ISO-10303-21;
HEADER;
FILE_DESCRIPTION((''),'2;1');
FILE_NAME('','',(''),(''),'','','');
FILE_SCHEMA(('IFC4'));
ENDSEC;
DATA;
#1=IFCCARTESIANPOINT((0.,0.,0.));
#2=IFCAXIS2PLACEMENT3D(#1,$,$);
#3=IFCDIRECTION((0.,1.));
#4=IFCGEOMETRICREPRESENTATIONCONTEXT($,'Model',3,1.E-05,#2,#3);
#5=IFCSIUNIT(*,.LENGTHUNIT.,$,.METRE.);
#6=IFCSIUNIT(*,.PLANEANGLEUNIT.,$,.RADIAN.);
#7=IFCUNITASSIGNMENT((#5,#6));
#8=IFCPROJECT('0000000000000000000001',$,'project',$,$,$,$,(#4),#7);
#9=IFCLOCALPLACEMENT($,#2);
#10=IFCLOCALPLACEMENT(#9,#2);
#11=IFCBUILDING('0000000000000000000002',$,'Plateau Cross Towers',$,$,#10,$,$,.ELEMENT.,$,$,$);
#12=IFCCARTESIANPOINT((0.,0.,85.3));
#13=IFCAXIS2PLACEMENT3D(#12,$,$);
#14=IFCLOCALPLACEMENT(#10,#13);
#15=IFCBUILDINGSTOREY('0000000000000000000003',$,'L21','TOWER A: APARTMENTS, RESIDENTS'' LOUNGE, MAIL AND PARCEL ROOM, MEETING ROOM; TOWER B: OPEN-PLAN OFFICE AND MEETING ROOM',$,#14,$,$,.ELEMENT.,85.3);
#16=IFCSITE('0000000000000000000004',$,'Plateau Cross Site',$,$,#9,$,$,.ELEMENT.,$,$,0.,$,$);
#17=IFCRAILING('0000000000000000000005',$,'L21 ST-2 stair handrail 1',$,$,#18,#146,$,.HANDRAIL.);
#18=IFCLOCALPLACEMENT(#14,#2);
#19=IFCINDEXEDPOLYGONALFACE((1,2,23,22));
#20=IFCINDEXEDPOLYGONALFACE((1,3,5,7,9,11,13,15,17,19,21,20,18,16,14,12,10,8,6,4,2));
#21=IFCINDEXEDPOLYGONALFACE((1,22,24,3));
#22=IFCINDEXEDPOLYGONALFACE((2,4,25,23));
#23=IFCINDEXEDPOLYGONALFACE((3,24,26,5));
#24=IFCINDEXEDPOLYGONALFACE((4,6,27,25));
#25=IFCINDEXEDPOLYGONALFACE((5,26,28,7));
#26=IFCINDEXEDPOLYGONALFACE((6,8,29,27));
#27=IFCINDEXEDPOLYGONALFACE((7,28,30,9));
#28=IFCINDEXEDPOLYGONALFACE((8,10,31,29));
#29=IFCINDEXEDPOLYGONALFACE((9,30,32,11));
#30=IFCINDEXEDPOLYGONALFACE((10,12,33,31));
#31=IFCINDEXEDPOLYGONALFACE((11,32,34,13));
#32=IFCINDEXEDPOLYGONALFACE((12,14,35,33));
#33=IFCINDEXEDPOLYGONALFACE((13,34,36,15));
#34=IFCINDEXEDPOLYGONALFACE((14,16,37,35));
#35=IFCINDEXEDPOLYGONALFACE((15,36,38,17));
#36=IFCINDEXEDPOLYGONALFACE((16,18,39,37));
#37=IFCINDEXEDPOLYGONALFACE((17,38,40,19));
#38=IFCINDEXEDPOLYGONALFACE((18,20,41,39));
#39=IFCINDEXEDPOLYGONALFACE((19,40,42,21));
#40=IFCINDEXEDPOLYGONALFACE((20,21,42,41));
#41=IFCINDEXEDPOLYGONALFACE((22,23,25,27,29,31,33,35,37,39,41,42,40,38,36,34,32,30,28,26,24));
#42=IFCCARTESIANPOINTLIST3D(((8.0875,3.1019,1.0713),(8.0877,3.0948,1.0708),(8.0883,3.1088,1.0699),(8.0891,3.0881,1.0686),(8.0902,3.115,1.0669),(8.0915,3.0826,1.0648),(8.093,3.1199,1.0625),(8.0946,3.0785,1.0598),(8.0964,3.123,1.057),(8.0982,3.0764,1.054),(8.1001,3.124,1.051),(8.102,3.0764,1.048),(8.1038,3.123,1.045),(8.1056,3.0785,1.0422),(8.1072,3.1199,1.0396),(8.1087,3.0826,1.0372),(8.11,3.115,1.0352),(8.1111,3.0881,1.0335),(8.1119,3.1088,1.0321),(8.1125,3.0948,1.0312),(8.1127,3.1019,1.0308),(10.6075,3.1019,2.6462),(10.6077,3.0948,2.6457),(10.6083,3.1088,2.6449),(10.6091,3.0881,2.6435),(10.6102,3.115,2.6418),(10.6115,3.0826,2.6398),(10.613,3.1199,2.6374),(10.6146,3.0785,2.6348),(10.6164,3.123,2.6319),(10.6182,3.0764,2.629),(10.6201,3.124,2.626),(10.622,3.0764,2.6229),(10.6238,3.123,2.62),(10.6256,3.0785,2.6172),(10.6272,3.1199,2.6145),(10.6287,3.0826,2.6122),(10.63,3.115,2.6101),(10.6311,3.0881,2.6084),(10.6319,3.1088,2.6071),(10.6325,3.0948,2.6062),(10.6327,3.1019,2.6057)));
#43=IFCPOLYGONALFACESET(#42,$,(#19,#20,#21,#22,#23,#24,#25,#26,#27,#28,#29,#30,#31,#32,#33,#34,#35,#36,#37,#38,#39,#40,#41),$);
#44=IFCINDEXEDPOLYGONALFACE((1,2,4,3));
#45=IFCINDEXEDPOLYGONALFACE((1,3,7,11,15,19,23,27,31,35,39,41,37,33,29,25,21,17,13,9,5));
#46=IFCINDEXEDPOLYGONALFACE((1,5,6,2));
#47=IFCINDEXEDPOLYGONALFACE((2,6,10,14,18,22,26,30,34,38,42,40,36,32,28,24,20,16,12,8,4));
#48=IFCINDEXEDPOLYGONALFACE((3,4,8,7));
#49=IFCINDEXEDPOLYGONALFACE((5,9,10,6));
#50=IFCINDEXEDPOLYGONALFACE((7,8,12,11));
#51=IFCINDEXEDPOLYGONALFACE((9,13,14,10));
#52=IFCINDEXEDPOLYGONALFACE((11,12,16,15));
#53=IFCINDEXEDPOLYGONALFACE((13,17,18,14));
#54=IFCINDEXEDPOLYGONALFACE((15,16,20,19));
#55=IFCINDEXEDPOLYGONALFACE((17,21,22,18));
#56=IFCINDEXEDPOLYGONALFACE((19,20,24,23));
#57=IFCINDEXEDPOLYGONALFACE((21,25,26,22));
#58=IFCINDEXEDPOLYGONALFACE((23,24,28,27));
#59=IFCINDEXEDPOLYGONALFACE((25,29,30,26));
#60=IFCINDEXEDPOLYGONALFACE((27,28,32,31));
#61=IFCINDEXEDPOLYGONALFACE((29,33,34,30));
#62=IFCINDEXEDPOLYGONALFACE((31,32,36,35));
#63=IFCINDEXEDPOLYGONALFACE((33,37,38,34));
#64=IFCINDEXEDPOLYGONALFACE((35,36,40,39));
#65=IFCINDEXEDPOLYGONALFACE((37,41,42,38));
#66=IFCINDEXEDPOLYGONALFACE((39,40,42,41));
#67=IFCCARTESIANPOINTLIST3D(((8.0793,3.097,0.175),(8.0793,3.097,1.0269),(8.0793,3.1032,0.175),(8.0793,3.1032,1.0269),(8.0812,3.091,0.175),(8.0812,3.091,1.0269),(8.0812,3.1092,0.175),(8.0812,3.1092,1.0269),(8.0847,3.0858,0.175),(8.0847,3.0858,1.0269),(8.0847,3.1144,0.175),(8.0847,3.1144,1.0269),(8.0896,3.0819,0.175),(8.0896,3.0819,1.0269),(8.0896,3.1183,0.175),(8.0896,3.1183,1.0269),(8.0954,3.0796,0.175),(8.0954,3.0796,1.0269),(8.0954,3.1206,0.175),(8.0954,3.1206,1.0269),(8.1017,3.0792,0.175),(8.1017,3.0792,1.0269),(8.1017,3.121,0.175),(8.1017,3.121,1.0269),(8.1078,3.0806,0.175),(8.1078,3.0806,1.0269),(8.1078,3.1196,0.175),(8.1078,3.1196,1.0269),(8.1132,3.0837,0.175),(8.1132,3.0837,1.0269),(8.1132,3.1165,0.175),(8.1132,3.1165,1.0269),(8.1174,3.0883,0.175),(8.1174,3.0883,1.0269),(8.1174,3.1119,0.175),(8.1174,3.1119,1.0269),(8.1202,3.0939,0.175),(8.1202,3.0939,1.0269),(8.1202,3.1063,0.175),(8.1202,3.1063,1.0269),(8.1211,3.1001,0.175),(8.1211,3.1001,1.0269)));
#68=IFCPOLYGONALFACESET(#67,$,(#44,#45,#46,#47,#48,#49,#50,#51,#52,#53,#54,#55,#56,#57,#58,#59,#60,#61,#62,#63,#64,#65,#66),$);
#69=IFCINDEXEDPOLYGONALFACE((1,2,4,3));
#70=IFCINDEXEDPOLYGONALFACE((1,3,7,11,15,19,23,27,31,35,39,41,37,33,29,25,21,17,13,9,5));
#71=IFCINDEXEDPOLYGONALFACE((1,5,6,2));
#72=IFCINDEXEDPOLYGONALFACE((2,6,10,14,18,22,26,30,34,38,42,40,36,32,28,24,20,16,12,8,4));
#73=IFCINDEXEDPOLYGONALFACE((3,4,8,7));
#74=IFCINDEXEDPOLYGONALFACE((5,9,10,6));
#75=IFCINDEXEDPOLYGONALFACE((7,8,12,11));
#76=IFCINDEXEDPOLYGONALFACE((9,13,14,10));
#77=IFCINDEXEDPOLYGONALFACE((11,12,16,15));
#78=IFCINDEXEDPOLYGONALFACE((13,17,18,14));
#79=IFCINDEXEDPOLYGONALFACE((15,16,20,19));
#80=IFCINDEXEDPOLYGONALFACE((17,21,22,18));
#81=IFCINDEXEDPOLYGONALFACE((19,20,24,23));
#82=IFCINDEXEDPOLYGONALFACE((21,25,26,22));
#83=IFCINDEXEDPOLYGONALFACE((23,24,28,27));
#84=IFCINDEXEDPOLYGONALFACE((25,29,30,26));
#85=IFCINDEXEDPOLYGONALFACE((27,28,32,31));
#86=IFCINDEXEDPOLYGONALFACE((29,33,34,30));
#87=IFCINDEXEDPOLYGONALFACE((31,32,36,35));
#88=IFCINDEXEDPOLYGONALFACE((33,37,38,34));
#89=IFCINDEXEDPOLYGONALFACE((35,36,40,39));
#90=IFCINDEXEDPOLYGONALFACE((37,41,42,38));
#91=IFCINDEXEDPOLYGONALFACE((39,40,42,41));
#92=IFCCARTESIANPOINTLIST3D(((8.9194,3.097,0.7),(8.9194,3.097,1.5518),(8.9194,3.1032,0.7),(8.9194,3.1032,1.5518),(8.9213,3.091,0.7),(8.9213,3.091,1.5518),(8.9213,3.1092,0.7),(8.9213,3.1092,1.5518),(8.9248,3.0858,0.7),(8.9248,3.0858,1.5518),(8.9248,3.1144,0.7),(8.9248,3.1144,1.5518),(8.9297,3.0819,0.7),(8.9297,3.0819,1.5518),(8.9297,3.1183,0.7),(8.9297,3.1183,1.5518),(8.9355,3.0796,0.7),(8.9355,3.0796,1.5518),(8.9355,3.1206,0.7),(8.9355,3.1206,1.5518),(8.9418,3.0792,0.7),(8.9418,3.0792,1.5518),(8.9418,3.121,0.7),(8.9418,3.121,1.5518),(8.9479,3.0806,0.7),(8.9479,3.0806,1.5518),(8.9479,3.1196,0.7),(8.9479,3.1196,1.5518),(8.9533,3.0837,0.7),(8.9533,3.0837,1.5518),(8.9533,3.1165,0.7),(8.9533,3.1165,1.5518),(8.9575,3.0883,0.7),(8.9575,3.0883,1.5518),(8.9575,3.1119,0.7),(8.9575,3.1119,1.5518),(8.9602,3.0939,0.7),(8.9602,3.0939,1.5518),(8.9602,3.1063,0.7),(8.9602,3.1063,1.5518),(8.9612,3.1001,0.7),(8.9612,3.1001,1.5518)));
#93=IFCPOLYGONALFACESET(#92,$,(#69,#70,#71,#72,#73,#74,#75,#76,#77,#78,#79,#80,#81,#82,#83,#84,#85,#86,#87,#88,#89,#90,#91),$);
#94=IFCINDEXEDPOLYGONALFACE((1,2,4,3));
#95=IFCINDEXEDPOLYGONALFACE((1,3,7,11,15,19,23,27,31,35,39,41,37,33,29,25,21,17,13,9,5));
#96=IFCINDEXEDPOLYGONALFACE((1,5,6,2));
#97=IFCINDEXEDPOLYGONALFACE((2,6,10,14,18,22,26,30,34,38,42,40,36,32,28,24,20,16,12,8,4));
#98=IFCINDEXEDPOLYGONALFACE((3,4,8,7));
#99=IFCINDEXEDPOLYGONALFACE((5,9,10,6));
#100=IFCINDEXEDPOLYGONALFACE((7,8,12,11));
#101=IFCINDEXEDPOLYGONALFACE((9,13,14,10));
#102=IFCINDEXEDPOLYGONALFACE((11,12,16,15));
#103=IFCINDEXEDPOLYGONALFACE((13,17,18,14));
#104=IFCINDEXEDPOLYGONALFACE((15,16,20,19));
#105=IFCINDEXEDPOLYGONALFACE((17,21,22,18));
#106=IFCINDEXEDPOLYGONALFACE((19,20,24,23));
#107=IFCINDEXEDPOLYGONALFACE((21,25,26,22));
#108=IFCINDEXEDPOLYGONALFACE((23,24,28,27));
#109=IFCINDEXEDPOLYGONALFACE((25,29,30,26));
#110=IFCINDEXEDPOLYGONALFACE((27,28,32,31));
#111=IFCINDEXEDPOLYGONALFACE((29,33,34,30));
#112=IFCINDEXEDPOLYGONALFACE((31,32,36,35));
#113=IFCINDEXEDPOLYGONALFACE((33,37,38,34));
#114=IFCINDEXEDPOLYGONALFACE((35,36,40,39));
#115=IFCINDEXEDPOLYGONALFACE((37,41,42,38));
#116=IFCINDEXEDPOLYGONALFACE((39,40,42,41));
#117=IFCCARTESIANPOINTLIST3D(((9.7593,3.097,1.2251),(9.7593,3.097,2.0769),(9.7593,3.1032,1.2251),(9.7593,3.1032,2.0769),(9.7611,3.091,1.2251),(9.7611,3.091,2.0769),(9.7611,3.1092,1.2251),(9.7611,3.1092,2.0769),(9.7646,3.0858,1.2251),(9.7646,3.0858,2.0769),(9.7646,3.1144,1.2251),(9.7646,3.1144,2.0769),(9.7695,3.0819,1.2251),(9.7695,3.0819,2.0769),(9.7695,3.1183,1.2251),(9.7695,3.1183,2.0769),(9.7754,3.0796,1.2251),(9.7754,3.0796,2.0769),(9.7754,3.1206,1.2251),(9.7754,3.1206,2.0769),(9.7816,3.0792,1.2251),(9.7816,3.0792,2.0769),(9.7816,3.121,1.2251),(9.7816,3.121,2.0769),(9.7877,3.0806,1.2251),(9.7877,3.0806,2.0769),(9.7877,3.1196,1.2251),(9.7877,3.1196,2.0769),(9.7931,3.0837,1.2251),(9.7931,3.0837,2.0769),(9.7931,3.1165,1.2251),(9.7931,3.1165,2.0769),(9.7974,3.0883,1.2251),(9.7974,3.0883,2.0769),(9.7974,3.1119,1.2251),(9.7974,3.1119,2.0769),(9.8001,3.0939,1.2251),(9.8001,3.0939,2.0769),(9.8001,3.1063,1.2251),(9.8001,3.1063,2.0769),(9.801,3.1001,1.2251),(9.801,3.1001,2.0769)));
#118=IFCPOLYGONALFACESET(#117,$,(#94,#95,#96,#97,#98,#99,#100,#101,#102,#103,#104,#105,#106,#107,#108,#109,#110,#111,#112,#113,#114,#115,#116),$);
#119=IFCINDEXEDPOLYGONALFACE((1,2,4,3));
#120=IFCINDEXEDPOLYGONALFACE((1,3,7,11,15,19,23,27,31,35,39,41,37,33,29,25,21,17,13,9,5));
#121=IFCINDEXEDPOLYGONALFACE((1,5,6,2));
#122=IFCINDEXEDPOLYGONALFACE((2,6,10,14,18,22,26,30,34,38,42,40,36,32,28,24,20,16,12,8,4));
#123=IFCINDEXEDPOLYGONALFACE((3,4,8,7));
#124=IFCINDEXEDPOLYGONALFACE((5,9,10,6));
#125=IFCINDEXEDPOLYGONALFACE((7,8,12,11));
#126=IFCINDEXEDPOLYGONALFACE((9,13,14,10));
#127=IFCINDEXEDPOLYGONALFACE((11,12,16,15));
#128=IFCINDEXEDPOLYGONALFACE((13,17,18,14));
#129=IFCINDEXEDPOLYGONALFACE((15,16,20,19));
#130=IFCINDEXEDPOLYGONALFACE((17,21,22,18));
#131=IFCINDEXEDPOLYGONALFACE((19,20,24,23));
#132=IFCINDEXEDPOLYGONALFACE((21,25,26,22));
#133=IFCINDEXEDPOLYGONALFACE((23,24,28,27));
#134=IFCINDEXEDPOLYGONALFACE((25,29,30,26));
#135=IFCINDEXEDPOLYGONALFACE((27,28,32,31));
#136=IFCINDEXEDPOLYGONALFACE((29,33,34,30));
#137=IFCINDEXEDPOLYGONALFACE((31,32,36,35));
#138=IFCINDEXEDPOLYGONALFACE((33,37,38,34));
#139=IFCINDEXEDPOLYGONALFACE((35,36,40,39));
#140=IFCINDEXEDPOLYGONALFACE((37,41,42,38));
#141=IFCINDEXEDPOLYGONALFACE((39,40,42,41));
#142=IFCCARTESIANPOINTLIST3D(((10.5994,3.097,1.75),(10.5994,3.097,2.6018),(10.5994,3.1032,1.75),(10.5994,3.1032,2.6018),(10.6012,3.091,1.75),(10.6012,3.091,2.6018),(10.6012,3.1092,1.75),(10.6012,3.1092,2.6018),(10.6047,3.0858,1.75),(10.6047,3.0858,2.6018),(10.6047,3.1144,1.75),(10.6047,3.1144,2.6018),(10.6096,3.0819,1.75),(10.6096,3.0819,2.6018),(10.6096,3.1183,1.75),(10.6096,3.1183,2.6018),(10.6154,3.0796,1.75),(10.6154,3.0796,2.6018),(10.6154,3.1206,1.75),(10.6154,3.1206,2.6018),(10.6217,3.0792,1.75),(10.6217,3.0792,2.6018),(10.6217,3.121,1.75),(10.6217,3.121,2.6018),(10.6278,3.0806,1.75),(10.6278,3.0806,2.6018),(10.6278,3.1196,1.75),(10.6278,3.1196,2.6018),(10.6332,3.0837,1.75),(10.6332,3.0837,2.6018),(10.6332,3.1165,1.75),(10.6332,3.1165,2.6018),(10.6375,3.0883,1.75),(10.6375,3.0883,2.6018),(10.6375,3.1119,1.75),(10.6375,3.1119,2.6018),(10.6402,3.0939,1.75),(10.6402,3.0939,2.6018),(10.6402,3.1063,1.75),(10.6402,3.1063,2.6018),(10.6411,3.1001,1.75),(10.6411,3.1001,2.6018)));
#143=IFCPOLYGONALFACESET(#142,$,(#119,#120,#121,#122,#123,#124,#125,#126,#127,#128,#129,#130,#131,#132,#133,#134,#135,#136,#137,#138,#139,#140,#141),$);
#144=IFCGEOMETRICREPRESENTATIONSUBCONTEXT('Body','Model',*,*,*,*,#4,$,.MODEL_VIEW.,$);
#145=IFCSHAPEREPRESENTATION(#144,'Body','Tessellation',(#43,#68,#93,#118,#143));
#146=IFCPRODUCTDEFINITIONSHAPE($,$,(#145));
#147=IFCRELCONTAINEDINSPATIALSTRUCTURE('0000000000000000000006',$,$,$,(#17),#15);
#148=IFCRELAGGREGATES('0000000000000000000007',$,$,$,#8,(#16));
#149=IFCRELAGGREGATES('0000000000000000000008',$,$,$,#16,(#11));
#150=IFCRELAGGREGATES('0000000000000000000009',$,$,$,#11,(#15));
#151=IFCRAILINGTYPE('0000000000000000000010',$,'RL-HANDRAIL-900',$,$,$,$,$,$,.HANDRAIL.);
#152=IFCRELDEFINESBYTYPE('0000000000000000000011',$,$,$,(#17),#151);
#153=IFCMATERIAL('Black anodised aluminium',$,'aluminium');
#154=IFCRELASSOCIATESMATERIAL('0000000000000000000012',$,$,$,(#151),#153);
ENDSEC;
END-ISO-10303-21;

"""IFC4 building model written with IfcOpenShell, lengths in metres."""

from ifc_helpers import new_model, si_unit, direction, frame, origin, origin_2d, place, context, subcontext, project, spatial, circle, extrude, material, type_object, element, save


model = new_model("IFC4")

# Units and contexts
model_context = context("Model", 3, precision=1e-05, world=origin(), true_north=direction((0.0, 1.0)))
body_context = subcontext(model_context, "Body", "Model", "MODEL_VIEW")
ifc_project = project(units=[si_unit("LENGTHUNIT", "METRE"), si_unit("PLANEANGLEUNIT", "RADIAN")], contexts=[model_context])

# Site, building, storey
site_placement = place(None, origin())
site = spatial("IfcSite", under=ifc_project, at=site_placement, Name="Plateau Cross Site", CompositionType="ELEMENT", RefElevation=0.0)
building_placement = place(site_placement, origin())
building = spatial("IfcBuilding", under=site, at=building_placement, Name="Plateau Cross Towers", CompositionType="ELEMENT")
storey_placement = place(building_placement, frame((0.0, 0.0, 85.3)))
storey = spatial("IfcBuildingStorey", under=building, at=storey_placement, Name="L21", Description="TOWER A: APARTMENTS, RESIDENTS' LOUNGE, MAIL AND PARCEL ROOM, MEETING ROOM; TOWER B: OPEN-PLAN OFFICE AND MEETING ROOM", CompositionType="ELEMENT", Elevation=85.3)

# Shared definitions
ifc_material_1 = material(Name="Black anodised aluminium", Category="aluminium")

# Railing
railing_type_1 = type_object("IfcRailingType", Name="RL-HANDRAIL-900", PredefinedType="HANDRAIL", material=ifc_material_1)
railing_placement = place(storey_placement, frame((8.1001, 3.1001, 0.175)))
element("IfcRailing", 1, at=railing_placement, inside=storey, type_object=railing_type_1, Name="L21 ST-2 stair handrail 1", PredefinedType="HANDRAIL", context=body_context, shape_type="SweptSolid", body=[
    extrude(circle(Radius=0.0239, at=origin_2d()), frame((0.0, 0.0, 0.876), z_axis=(0.848008, 0.0, 0.529984), x_axis=(0.0, 1.0, 0.0)), (0.0, 0.0, 1.0), 2.9717),
    extrude(circle(Radius=0.021, at=origin_2d()), origin(), (0.0, 0.0, 1.0), 0.8518),
    extrude(circle(Radius=0.021, at=origin_2d()), frame((0.8401, 0.0, 0.5249)), (0.0, 0.0, 1.0), 0.8518),
    extrude(circle(Radius=0.021, at=origin_2d()), frame((1.6799, 0.0, 1.05)), (0.0, 0.0, 1.0), 0.8518),
    extrude(circle(Radius=0.021, at=origin_2d()), frame((2.52, 0.0, 1.575)), (0.0, 0.0, 1.0), 0.8518),
])

save(model, "model.ifc")
